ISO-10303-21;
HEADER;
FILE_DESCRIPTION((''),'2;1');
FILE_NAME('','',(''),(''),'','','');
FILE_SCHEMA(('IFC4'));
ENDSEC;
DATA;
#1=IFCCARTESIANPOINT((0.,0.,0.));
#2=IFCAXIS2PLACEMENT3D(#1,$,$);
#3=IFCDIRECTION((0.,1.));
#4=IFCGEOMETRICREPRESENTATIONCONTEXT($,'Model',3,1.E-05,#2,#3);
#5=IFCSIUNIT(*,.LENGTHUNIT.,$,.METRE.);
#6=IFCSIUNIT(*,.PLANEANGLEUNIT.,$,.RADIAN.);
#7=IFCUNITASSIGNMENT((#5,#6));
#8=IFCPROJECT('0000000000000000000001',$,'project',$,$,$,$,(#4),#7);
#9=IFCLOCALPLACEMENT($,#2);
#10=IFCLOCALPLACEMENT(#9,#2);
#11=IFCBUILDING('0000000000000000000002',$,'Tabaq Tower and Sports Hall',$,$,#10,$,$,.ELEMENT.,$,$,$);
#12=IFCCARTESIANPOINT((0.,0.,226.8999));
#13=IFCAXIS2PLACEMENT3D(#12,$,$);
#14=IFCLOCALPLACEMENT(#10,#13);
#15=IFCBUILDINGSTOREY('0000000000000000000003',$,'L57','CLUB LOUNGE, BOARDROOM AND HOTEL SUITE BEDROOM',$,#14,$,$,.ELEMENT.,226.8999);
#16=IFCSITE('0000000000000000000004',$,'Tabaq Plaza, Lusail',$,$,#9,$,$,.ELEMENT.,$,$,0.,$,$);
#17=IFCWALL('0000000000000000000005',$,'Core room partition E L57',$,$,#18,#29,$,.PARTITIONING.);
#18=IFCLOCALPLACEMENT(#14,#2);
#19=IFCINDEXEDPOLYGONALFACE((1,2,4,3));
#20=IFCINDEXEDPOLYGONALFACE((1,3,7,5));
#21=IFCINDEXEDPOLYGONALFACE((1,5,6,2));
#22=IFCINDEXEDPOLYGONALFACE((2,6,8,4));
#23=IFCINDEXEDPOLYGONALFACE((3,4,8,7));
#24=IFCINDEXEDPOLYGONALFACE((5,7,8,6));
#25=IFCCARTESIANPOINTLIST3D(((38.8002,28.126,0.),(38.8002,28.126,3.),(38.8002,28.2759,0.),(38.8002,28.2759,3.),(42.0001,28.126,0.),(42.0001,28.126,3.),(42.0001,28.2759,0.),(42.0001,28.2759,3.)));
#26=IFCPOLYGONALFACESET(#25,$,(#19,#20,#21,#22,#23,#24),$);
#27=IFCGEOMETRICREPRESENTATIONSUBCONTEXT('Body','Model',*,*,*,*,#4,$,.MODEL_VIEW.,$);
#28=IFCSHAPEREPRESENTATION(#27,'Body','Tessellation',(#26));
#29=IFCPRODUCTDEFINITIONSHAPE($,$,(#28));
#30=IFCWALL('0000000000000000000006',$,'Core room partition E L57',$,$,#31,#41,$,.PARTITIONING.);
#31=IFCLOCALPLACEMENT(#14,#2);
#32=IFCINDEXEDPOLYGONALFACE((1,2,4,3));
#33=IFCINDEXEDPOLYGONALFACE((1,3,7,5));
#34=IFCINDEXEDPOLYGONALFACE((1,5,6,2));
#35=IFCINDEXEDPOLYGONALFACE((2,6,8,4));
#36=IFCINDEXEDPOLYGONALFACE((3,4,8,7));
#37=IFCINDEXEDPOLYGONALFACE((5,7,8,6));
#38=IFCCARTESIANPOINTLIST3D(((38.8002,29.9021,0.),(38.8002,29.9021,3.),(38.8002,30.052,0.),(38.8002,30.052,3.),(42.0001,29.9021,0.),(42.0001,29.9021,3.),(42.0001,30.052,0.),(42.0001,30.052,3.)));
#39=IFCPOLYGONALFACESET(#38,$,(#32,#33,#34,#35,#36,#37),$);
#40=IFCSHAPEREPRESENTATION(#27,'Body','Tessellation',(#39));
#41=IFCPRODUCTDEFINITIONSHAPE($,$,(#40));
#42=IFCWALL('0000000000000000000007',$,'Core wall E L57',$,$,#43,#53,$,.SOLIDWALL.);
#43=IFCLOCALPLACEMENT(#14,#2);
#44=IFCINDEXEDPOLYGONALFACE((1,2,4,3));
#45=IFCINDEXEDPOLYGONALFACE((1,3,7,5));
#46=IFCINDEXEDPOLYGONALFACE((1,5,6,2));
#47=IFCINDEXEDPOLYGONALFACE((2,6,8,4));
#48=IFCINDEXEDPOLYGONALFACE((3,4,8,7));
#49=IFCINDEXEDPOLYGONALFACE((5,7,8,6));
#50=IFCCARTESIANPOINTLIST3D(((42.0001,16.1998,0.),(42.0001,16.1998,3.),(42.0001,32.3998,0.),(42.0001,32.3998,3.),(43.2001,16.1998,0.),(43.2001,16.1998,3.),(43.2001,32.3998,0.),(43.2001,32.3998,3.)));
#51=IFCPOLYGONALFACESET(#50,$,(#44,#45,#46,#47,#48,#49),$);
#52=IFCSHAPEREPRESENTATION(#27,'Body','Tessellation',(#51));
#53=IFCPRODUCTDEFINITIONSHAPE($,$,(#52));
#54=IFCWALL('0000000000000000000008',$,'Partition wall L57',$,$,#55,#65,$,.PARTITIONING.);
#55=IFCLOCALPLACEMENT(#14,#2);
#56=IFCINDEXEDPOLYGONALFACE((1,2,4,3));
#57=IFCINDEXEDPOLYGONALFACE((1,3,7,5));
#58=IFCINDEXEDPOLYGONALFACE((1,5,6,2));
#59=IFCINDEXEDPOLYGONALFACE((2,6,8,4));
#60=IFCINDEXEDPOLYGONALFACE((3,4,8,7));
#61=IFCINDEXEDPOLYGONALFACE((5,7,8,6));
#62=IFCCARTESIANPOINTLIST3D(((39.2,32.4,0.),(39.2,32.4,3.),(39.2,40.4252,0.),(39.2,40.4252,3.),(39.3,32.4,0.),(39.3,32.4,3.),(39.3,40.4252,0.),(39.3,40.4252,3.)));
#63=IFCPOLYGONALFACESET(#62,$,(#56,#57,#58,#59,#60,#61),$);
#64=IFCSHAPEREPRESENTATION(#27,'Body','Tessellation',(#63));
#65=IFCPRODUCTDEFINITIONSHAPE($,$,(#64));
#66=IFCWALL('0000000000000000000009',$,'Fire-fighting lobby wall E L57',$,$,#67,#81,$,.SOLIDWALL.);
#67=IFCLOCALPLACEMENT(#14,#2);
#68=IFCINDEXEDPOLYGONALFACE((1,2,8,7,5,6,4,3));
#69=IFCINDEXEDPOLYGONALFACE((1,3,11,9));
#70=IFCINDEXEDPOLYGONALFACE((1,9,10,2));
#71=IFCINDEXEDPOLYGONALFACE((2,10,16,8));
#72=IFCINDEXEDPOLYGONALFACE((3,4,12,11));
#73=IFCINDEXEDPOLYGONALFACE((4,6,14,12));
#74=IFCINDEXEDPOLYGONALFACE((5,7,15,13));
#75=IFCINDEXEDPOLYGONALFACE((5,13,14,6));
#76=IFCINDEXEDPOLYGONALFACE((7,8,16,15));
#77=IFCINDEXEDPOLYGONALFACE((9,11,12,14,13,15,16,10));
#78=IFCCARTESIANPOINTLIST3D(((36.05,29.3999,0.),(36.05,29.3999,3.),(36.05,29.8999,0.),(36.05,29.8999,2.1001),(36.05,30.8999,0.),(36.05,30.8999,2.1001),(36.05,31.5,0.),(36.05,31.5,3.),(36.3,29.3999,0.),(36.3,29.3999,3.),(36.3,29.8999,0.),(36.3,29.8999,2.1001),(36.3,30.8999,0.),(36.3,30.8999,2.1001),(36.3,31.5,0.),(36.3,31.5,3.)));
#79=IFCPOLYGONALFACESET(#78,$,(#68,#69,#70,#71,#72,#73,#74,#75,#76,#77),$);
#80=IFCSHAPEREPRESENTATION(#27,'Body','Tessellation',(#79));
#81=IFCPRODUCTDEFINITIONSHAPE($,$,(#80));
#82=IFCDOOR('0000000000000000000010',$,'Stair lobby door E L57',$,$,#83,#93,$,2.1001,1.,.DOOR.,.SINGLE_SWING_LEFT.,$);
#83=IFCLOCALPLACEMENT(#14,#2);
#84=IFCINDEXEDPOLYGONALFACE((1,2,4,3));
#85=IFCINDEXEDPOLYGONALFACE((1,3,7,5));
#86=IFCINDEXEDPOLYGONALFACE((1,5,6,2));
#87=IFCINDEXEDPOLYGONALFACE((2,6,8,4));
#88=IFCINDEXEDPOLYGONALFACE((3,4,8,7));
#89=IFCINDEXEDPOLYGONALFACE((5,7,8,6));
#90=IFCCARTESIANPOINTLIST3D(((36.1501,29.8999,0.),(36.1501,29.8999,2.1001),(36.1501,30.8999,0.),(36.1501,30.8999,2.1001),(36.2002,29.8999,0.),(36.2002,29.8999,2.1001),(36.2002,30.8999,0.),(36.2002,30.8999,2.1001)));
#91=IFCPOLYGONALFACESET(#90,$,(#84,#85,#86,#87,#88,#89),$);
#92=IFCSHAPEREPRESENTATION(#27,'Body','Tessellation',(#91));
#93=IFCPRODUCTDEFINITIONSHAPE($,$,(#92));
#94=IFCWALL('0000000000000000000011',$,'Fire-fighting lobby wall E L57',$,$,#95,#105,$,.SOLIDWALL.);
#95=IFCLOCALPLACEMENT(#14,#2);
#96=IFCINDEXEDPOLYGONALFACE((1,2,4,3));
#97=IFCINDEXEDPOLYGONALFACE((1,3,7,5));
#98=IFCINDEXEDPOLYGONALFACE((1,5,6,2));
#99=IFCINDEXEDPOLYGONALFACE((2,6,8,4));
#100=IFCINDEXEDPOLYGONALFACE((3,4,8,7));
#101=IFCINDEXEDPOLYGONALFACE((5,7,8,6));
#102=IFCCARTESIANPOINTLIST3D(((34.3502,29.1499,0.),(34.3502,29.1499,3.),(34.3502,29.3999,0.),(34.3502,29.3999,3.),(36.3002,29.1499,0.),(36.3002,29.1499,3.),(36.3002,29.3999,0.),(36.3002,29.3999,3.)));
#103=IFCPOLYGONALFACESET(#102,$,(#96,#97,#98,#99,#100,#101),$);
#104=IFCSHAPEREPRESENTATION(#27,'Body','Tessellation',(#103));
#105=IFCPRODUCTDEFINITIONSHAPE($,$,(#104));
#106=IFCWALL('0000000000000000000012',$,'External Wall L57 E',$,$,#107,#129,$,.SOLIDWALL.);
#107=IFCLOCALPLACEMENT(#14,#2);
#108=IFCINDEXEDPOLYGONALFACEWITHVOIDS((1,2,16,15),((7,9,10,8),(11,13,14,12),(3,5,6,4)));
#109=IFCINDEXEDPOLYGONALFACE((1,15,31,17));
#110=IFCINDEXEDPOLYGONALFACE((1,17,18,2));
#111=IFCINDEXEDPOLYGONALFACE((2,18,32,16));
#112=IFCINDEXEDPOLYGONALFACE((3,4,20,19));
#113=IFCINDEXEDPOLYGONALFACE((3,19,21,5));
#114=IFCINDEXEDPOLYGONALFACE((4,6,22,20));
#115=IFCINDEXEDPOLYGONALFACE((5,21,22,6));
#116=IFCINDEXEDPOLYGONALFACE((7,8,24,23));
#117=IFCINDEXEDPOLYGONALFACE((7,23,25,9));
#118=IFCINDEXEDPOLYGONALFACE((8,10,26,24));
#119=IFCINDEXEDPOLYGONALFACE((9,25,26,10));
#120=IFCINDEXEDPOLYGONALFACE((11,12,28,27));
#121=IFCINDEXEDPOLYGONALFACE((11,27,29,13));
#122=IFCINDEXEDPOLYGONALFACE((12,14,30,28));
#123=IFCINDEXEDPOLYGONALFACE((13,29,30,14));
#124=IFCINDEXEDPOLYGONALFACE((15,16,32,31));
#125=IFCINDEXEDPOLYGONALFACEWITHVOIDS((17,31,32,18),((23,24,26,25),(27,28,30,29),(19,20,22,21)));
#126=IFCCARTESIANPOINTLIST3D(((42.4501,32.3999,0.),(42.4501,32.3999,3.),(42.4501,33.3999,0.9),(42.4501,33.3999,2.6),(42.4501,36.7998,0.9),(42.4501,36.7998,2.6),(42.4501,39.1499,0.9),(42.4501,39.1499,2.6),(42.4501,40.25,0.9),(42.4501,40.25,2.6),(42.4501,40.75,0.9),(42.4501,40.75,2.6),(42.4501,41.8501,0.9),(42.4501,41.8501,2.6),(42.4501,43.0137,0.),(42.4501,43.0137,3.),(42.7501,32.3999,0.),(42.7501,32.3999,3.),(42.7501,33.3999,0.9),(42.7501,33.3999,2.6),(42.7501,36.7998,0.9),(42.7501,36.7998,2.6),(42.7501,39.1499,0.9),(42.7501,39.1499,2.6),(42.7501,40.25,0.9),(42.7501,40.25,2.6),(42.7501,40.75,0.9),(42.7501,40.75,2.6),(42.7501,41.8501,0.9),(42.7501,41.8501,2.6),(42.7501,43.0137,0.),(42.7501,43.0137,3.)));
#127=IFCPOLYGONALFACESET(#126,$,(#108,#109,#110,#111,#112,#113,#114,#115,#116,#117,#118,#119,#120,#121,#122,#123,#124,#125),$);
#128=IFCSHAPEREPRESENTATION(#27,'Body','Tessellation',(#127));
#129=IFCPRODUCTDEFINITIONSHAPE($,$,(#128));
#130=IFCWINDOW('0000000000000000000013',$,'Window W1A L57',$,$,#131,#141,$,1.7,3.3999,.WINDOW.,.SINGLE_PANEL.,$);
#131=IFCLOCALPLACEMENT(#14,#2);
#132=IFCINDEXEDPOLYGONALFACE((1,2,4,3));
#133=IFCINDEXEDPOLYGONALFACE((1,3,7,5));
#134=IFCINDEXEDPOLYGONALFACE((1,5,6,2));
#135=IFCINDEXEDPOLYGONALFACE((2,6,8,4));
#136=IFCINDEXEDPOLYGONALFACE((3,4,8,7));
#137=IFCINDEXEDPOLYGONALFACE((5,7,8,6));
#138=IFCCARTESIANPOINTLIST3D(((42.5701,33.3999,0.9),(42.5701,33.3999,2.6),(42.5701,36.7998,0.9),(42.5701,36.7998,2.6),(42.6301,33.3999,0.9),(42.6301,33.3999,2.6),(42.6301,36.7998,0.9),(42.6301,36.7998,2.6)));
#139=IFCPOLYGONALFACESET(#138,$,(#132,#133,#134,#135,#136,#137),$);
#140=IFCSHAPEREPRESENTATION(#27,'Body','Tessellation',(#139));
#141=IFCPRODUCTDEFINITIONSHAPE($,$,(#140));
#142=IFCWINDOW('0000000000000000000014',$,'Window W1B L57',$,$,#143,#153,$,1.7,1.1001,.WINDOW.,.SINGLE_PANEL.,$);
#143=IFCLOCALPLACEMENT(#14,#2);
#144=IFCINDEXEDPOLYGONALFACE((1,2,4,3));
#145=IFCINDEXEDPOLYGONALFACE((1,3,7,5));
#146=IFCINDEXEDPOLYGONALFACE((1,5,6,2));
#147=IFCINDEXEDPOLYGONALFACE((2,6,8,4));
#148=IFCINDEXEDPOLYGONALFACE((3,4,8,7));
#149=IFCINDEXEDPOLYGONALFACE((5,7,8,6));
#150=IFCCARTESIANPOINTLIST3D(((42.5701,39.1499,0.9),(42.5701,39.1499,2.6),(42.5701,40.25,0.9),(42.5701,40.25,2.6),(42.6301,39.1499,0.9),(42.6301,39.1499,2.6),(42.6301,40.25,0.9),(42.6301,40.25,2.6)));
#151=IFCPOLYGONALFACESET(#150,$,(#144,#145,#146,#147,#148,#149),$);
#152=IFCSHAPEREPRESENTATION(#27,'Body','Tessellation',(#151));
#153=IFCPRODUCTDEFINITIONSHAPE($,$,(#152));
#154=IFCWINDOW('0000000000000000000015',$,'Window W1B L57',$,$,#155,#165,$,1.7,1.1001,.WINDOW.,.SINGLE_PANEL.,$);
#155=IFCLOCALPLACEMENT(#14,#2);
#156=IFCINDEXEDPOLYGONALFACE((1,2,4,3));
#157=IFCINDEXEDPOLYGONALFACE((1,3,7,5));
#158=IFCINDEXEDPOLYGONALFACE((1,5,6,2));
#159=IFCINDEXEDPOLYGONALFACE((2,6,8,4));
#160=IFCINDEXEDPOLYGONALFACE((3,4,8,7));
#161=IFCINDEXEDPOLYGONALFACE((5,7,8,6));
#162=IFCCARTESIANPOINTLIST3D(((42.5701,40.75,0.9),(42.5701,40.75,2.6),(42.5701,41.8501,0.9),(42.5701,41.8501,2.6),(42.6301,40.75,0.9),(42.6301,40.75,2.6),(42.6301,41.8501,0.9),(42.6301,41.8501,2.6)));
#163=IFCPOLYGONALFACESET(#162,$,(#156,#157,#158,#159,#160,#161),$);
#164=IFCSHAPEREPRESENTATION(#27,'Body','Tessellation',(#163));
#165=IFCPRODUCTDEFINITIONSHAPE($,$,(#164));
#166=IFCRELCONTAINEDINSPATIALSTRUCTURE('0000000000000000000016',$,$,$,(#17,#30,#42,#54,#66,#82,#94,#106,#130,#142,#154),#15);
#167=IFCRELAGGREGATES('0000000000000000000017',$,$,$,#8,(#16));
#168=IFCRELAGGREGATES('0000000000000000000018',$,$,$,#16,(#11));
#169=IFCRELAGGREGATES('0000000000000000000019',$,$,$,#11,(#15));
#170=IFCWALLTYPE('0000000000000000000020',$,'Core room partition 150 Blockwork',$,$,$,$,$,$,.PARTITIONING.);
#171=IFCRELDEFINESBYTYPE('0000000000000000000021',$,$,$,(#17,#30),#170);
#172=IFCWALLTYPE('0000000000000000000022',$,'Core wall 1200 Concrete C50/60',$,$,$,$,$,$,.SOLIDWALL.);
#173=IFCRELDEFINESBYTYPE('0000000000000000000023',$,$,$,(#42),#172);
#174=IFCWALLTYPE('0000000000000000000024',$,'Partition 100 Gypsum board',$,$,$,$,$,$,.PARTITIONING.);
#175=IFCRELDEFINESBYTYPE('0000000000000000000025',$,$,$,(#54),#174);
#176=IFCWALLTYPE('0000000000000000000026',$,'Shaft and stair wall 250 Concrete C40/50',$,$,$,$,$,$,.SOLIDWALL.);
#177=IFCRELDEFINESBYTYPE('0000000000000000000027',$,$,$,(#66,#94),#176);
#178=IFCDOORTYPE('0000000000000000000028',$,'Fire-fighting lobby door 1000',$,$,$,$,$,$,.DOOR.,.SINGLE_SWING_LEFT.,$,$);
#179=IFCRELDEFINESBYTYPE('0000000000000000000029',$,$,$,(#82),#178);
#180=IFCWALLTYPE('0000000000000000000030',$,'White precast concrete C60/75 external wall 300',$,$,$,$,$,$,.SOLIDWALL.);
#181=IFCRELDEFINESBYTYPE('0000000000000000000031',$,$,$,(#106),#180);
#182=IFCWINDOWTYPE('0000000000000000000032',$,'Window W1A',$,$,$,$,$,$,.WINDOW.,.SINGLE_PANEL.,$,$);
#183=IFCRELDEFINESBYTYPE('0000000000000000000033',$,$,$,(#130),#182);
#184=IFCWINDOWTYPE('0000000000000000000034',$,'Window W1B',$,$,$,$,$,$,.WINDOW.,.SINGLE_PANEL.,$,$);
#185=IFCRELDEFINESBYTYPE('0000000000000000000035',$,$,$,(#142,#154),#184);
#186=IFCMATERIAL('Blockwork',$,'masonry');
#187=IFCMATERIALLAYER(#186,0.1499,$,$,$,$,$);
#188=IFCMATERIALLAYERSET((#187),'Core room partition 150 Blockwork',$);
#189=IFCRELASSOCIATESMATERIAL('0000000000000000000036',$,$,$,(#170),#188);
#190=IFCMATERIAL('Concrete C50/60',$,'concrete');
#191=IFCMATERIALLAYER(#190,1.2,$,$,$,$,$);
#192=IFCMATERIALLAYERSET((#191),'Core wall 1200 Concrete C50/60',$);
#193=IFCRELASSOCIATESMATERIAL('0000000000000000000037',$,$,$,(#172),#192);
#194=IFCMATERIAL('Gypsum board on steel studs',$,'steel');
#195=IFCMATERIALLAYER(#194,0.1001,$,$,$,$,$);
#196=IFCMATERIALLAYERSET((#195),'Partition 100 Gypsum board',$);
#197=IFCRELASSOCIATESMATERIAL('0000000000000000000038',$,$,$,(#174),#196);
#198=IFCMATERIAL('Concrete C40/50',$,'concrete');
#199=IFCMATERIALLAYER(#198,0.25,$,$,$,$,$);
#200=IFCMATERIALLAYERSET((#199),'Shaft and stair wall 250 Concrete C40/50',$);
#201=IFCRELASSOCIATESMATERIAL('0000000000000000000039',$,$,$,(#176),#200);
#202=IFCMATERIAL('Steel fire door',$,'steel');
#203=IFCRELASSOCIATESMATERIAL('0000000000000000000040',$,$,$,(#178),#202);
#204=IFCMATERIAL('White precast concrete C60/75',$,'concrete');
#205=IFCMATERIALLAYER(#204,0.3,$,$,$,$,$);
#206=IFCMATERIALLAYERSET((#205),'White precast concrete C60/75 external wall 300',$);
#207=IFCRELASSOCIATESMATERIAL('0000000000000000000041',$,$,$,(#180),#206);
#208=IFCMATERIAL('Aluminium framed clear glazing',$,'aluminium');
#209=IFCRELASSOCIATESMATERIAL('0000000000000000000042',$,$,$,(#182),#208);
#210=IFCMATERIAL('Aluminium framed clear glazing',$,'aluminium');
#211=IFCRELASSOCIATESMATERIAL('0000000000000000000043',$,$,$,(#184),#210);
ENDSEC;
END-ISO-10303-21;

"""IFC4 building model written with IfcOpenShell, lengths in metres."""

from ifc_helpers import new_model, si_unit, direction, frame, frame_2d, origin, place, context, subcontext, project, spatial, rectangle, extrude, material, layer, layer_set, type_object, element, fill, save


model = new_model("IFC4")

# Units and contexts
model_context = context("Model", 3, precision=1e-05, world=origin(), true_north=direction((0.0, 1.0)))
body_context = subcontext(model_context, "Body", "Model", "MODEL_VIEW")
ifc_project = project(units=[si_unit("LENGTHUNIT", "METRE"), si_unit("PLANEANGLEUNIT", "RADIAN")], contexts=[model_context])

# Site, building, storey
site_placement = place(None, origin())
site = spatial("IfcSite", under=ifc_project, at=site_placement, Name="Tabaq Plaza, Lusail", CompositionType="ELEMENT", RefElevation=0.0)
building_placement = place(site_placement, origin())
building = spatial("IfcBuilding", under=site, at=building_placement, Name="Tabaq Tower and Sports Hall", CompositionType="ELEMENT")
storey_placement = place(building_placement, frame((0.0, 0.0, 226.8999)))
storey = spatial("IfcBuildingStorey", under=building, at=storey_placement, Name="L57", Description="CLUB LOUNGE, BOARDROOM AND HOTEL SUITE BEDROOM", CompositionType="ELEMENT", Elevation=226.8999)

# Walls
ifc_material_1 = material(Name="Blockwork", Category="masonry")
ifc_layer_1 = layer(ifc_material_1, 0.1499)
ifc_layer_set_1 = layer_set([ifc_layer_1], Name="Core room partition 150 Blockwork")
wall_type_1 = type_object("IfcWallType", Name="Core room partition 150 Blockwork", PredefinedType="PARTITIONING", material=ifc_layer_set_1)
for number, where, z_axis, x_axis, name in (
    (1, (38.8, 28.2009, 0.0), (0.0, 0.0, 1.0), (1.0, 0.0, 0.0), "Core room partition E L57"),
    (2, (38.8, 29.9771, 0.0), (0.0, 0.0, 1.0), (1.0, 0.0, 0.0), "Core room partition E L57"),
):
    element("IfcWall", number, at=place(storey_placement, frame(where, z_axis=z_axis, x_axis=x_axis)), inside=storey, type_object=wall_type_1, Name=name, PredefinedType="PARTITIONING", context=body_context, shape_type="SweptSolid", body=[
        extrude(rectangle(XDim=3.2, YDim=0.1499, at=frame_2d((1.6001, 0.0))), origin(), (0.0, 0.0, 1.0), 3.0),
    ])
ifc_material_2 = material(Name="Concrete C50/60", Category="concrete")
ifc_layer_2 = layer(ifc_material_2, 1.2)
ifc_layer_set_2 = layer_set([ifc_layer_2], Name="Core wall 1200 Concrete C50/60")
wall_type_2 = type_object("IfcWallType", Name="Core wall 1200 Concrete C50/60", PredefinedType="SOLIDWALL", material=ifc_layer_set_2)
wall_1_placement = place(storey_placement, frame((42.6001, 32.3999, 0.0), z_axis=(0.0, 0.0, 1.0), x_axis=(0.0, -1.0, 0.0)))
element("IfcWall", 3, at=wall_1_placement, inside=storey, type_object=wall_type_2, Name="Core wall E L57", PredefinedType="SOLIDWALL", context=body_context, shape_type="SweptSolid", body=[
    extrude(rectangle(XDim=16.2, YDim=1.2, at=frame_2d((8.1001, 0.0))), origin(), (0.0, 0.0, 1.0), 3.0),
])
ifc_material_3 = material(Name="Gypsum board on steel studs", Category="steel")
ifc_layer_3 = layer(ifc_material_3, 0.1001)
ifc_layer_set_3 = layer_set([ifc_layer_3], Name="Partition 100 Gypsum board")
wall_type_3 = type_object("IfcWallType", Name="Partition 100 Gypsum board", PredefinedType="PARTITIONING", material=ifc_layer_set_3)
wall_2_placement = place(storey_placement, frame((39.25, 32.3999, 0.0), z_axis=(0.0, 0.0, 1.0), x_axis=(0.0, 1.0, 0.0)))
element("IfcWall", 4, at=wall_2_placement, inside=storey, type_object=wall_type_3, Name="Partition wall L57", PredefinedType="PARTITIONING", context=body_context, shape_type="SweptSolid", body=[
    extrude(rectangle(XDim=8.0251, YDim=0.1001, at=frame_2d((4.0127, 0.0))), origin(), (0.0, 0.0, 1.0), 3.0),
])

# Wall, opening, door
ifc_material_4 = material(Name="Concrete C40/50", Category="concrete")
ifc_layer_4 = layer(ifc_material_4, 0.25)
ifc_layer_set_4 = layer_set([ifc_layer_4], Name="Shaft and stair wall 250 Concrete C40/50")
wall_type_4 = type_object("IfcWallType", Name="Shaft and stair wall 250 Concrete C40/50", PredefinedType="SOLIDWALL", material=ifc_layer_set_4)
wall_3_placement = place(storey_placement, frame((36.175, 29.3999, 0.0), z_axis=(0.0, 0.0, 1.0), x_axis=(0.0, 1.0, 0.0)))
wall_3 = element("IfcWall", 5, at=wall_3_placement, inside=storey, type_object=wall_type_4, Name="Fire-fighting lobby wall E L57", PredefinedType="SOLIDWALL", context=body_context, shape_type="SweptSolid", body=[
    extrude(rectangle(XDim=2.1001, YDim=0.25, at=frame_2d((1.05, 0.0))), origin(), (0.0, 0.0, 1.0), 3.0),
])
opening_1_placement = place(wall_3_placement, frame((0.5, 0.0, 0.0)))
opening_1 = element("IfcOpeningElement", 6, at=opening_1_placement, cuts=wall_3, PredefinedType="OPENING", context=body_context, shape_type="SweptSolid", body=[
    extrude(rectangle(XDim=1.0, YDim=2.1001, at=frame_2d((0.5, 1.05))), frame((0.0, 0.125, 0.0), z_axis=(0.0, -1.0, 0.0), x_axis=(1.0, 0.0, 0.0)), (0.0, 0.0, 1.0), 0.25),
])
ifc_material_5 = material(Name="Steel fire door", Category="steel")
door_type = type_object("IfcDoorType", Name="Fire-fighting lobby door 1000", OperationType="SINGLE_SWING_LEFT", PredefinedType="DOOR", material=ifc_material_5)
door_placement = place(opening_1_placement, origin())
door = element("IfcDoor", 7, at=door_placement, inside=storey, type_object=door_type, Name="Stair lobby door E L57", OperationType="SINGLE_SWING_LEFT", OverallHeight=2.1001, OverallWidth=1.0, PredefinedType="DOOR", context=body_context, shape_type="SweptSolid", body=[
    extrude(rectangle(XDim=1.0, YDim=2.1001, at=frame_2d((0.5, 1.05))), frame((0.0, 0.0249, 0.0), z_axis=(0.0, -1.0, 0.0), x_axis=(1.0, 0.0, 0.0)), (0.0, 0.0, 1.0), 0.05),
])
fill(opening_1, door)

# Wall
wall_4_placement = place(storey_placement, frame((34.3501, 29.2749, 0.0), z_axis=(0.0, 0.0, 1.0), x_axis=(1.0, 0.0, 0.0)))
element("IfcWall", 8, at=wall_4_placement, inside=storey, type_object=wall_type_4, Name="Fire-fighting lobby wall E L57", PredefinedType="SOLIDWALL", context=body_context, shape_type="SweptSolid", body=[
    extrude(rectangle(XDim=1.95, YDim=0.25, at=frame_2d((0.9751, 0.0))), origin(), (0.0, 0.0, 1.0), 3.0),
])

# Wall, openings, windows
ifc_material_6 = material(Name="White precast concrete C60/75", Category="concrete")
ifc_layer_5 = layer(ifc_material_6, 0.3)
ifc_layer_set_5 = layer_set([ifc_layer_5], Name="White precast concrete C60/75 external wall 300")
wall_type_5 = type_object("IfcWallType", Name="White precast concrete C60/75 external wall 300", PredefinedType="SOLIDWALL", material=ifc_layer_set_5)
wall_5_placement = place(storey_placement, frame((42.6001, 32.3999, 0.0), z_axis=(0.0, 0.0, 1.0), x_axis=(0.0, 1.0, 0.0)))
wall_5 = element("IfcWall", 9, at=wall_5_placement, inside=storey, type_object=wall_type_5, Name="External Wall L57 E", PredefinedType="SOLIDWALL", context=body_context, shape_type="SweptSolid", body=[
    extrude(rectangle(XDim=10.6138, YDim=0.3, at=frame_2d((5.3069, 0.0))), origin(), (0.0, 0.0, 1.0), 3.0),
])
opening_2_placement = place(wall_5_placement, frame((1.0, 0.0, 0.8999)))
opening_2 = element("IfcOpeningElement", 10, at=opening_2_placement, cuts=wall_5, PredefinedType="OPENING", context=body_context, shape_type="SweptSolid", body=[
    extrude(rectangle(XDim=3.3999, YDim=1.7, at=frame_2d((1.7, 0.8501))), frame((0.0, 0.1602, 0.0), z_axis=(0.0, -1.0, 0.0), x_axis=(1.0, 0.0, 0.0)), (0.0, 0.0, 1.0), 0.3201),
])
opening_3_placement = place(wall_5_placement, frame((6.75, 0.0, 0.8999)))
opening_3 = element("IfcOpeningElement", 11, at=opening_3_placement, cuts=wall_5, PredefinedType="OPENING", context=body_context, shape_type="SweptSolid", body=[
    extrude(rectangle(XDim=1.1001, YDim=1.7, at=frame_2d((0.55, 0.8501))), frame((0.0, 0.1602, 0.0), z_axis=(0.0, -1.0, 0.0), x_axis=(1.0, 0.0, 0.0)), (0.0, 0.0, 1.0), 0.3201),
])
opening_4_placement = place(wall_5_placement, frame((8.3501, 0.0, 0.8999)))
opening_4 = element("IfcOpeningElement", 12, at=opening_4_placement, cuts=wall_5, PredefinedType="OPENING", context=body_context, shape_type="SweptSolid", body=[
    extrude(rectangle(XDim=1.1001, YDim=1.7, at=frame_2d((0.55, 0.8501))), frame((0.0, 0.1602, 0.0), z_axis=(0.0, -1.0, 0.0), x_axis=(1.0, 0.0, 0.0)), (0.0, 0.0, 1.0), 0.3201),
])
ifc_material_7 = material(Name="Aluminium framed clear glazing", Category="aluminium")
window_type_1 = type_object("IfcWindowType", Name="Window W1A", PartitioningType="SINGLE_PANEL", PredefinedType="WINDOW", material=ifc_material_7)
window_1_placement = place(opening_2_placement, origin())
window_1 = element("IfcWindow", 13, at=window_1_placement, inside=storey, type_object=window_type_1, Name="Window W1A L57", OverallHeight=1.7, OverallWidth=3.3999, PartitioningType="SINGLE_PANEL", PredefinedType="WINDOW", context=body_context, shape_type="SweptSolid", body=[
    extrude(rectangle(XDim=3.3999, YDim=1.7, at=frame_2d((1.7, 0.8501))), frame((0.0, 0.03, 0.0), z_axis=(0.0, -1.0, 0.0), x_axis=(1.0, 0.0, 0.0)), (0.0, 0.0, 1.0), 0.0601),
])
fill(opening_2, window_1)
ifc_material_8 = material(Name="Aluminium framed clear glazing", Category="aluminium")
window_type_2 = type_object("IfcWindowType", Name="Window W1B", PartitioningType="SINGLE_PANEL", PredefinedType="WINDOW", material=ifc_material_8)
window_2_placement = place(opening_3_placement, origin())
window_2 = element("IfcWindow", 14, at=window_2_placement, inside=storey, type_object=window_type_2, Name="Window W1B L57", OverallHeight=1.7, OverallWidth=1.1001, PartitioningType="SINGLE_PANEL", PredefinedType="WINDOW", context=body_context, shape_type="SweptSolid", body=[
    extrude(rectangle(XDim=1.1001, YDim=1.7, at=frame_2d((0.55, 0.8501))), frame((0.0, 0.03, 0.0), z_axis=(0.0, -1.0, 0.0), x_axis=(1.0, 0.0, 0.0)), (0.0, 0.0, 1.0), 0.0601),
])
fill(opening_3, window_2)
window_3_placement = place(opening_4_placement, origin())
window_3 = element("IfcWindow", 15, at=window_3_placement, inside=storey, type_object=window_type_2, Name="Window W1B L57", OverallHeight=1.7, OverallWidth=1.1001, PartitioningType="SINGLE_PANEL", PredefinedType="WINDOW", context=body_context, shape_type="SweptSolid", body=[
    extrude(rectangle(XDim=1.1001, YDim=1.7, at=frame_2d((0.55, 0.8501))), frame((0.0, 0.03, 0.0), z_axis=(0.0, -1.0, 0.0), x_axis=(1.0, 0.0, 0.0)), (0.0, 0.0, 1.0), 0.0601),
])
fill(opening_4, window_3)

save(model, "model.ifc")
